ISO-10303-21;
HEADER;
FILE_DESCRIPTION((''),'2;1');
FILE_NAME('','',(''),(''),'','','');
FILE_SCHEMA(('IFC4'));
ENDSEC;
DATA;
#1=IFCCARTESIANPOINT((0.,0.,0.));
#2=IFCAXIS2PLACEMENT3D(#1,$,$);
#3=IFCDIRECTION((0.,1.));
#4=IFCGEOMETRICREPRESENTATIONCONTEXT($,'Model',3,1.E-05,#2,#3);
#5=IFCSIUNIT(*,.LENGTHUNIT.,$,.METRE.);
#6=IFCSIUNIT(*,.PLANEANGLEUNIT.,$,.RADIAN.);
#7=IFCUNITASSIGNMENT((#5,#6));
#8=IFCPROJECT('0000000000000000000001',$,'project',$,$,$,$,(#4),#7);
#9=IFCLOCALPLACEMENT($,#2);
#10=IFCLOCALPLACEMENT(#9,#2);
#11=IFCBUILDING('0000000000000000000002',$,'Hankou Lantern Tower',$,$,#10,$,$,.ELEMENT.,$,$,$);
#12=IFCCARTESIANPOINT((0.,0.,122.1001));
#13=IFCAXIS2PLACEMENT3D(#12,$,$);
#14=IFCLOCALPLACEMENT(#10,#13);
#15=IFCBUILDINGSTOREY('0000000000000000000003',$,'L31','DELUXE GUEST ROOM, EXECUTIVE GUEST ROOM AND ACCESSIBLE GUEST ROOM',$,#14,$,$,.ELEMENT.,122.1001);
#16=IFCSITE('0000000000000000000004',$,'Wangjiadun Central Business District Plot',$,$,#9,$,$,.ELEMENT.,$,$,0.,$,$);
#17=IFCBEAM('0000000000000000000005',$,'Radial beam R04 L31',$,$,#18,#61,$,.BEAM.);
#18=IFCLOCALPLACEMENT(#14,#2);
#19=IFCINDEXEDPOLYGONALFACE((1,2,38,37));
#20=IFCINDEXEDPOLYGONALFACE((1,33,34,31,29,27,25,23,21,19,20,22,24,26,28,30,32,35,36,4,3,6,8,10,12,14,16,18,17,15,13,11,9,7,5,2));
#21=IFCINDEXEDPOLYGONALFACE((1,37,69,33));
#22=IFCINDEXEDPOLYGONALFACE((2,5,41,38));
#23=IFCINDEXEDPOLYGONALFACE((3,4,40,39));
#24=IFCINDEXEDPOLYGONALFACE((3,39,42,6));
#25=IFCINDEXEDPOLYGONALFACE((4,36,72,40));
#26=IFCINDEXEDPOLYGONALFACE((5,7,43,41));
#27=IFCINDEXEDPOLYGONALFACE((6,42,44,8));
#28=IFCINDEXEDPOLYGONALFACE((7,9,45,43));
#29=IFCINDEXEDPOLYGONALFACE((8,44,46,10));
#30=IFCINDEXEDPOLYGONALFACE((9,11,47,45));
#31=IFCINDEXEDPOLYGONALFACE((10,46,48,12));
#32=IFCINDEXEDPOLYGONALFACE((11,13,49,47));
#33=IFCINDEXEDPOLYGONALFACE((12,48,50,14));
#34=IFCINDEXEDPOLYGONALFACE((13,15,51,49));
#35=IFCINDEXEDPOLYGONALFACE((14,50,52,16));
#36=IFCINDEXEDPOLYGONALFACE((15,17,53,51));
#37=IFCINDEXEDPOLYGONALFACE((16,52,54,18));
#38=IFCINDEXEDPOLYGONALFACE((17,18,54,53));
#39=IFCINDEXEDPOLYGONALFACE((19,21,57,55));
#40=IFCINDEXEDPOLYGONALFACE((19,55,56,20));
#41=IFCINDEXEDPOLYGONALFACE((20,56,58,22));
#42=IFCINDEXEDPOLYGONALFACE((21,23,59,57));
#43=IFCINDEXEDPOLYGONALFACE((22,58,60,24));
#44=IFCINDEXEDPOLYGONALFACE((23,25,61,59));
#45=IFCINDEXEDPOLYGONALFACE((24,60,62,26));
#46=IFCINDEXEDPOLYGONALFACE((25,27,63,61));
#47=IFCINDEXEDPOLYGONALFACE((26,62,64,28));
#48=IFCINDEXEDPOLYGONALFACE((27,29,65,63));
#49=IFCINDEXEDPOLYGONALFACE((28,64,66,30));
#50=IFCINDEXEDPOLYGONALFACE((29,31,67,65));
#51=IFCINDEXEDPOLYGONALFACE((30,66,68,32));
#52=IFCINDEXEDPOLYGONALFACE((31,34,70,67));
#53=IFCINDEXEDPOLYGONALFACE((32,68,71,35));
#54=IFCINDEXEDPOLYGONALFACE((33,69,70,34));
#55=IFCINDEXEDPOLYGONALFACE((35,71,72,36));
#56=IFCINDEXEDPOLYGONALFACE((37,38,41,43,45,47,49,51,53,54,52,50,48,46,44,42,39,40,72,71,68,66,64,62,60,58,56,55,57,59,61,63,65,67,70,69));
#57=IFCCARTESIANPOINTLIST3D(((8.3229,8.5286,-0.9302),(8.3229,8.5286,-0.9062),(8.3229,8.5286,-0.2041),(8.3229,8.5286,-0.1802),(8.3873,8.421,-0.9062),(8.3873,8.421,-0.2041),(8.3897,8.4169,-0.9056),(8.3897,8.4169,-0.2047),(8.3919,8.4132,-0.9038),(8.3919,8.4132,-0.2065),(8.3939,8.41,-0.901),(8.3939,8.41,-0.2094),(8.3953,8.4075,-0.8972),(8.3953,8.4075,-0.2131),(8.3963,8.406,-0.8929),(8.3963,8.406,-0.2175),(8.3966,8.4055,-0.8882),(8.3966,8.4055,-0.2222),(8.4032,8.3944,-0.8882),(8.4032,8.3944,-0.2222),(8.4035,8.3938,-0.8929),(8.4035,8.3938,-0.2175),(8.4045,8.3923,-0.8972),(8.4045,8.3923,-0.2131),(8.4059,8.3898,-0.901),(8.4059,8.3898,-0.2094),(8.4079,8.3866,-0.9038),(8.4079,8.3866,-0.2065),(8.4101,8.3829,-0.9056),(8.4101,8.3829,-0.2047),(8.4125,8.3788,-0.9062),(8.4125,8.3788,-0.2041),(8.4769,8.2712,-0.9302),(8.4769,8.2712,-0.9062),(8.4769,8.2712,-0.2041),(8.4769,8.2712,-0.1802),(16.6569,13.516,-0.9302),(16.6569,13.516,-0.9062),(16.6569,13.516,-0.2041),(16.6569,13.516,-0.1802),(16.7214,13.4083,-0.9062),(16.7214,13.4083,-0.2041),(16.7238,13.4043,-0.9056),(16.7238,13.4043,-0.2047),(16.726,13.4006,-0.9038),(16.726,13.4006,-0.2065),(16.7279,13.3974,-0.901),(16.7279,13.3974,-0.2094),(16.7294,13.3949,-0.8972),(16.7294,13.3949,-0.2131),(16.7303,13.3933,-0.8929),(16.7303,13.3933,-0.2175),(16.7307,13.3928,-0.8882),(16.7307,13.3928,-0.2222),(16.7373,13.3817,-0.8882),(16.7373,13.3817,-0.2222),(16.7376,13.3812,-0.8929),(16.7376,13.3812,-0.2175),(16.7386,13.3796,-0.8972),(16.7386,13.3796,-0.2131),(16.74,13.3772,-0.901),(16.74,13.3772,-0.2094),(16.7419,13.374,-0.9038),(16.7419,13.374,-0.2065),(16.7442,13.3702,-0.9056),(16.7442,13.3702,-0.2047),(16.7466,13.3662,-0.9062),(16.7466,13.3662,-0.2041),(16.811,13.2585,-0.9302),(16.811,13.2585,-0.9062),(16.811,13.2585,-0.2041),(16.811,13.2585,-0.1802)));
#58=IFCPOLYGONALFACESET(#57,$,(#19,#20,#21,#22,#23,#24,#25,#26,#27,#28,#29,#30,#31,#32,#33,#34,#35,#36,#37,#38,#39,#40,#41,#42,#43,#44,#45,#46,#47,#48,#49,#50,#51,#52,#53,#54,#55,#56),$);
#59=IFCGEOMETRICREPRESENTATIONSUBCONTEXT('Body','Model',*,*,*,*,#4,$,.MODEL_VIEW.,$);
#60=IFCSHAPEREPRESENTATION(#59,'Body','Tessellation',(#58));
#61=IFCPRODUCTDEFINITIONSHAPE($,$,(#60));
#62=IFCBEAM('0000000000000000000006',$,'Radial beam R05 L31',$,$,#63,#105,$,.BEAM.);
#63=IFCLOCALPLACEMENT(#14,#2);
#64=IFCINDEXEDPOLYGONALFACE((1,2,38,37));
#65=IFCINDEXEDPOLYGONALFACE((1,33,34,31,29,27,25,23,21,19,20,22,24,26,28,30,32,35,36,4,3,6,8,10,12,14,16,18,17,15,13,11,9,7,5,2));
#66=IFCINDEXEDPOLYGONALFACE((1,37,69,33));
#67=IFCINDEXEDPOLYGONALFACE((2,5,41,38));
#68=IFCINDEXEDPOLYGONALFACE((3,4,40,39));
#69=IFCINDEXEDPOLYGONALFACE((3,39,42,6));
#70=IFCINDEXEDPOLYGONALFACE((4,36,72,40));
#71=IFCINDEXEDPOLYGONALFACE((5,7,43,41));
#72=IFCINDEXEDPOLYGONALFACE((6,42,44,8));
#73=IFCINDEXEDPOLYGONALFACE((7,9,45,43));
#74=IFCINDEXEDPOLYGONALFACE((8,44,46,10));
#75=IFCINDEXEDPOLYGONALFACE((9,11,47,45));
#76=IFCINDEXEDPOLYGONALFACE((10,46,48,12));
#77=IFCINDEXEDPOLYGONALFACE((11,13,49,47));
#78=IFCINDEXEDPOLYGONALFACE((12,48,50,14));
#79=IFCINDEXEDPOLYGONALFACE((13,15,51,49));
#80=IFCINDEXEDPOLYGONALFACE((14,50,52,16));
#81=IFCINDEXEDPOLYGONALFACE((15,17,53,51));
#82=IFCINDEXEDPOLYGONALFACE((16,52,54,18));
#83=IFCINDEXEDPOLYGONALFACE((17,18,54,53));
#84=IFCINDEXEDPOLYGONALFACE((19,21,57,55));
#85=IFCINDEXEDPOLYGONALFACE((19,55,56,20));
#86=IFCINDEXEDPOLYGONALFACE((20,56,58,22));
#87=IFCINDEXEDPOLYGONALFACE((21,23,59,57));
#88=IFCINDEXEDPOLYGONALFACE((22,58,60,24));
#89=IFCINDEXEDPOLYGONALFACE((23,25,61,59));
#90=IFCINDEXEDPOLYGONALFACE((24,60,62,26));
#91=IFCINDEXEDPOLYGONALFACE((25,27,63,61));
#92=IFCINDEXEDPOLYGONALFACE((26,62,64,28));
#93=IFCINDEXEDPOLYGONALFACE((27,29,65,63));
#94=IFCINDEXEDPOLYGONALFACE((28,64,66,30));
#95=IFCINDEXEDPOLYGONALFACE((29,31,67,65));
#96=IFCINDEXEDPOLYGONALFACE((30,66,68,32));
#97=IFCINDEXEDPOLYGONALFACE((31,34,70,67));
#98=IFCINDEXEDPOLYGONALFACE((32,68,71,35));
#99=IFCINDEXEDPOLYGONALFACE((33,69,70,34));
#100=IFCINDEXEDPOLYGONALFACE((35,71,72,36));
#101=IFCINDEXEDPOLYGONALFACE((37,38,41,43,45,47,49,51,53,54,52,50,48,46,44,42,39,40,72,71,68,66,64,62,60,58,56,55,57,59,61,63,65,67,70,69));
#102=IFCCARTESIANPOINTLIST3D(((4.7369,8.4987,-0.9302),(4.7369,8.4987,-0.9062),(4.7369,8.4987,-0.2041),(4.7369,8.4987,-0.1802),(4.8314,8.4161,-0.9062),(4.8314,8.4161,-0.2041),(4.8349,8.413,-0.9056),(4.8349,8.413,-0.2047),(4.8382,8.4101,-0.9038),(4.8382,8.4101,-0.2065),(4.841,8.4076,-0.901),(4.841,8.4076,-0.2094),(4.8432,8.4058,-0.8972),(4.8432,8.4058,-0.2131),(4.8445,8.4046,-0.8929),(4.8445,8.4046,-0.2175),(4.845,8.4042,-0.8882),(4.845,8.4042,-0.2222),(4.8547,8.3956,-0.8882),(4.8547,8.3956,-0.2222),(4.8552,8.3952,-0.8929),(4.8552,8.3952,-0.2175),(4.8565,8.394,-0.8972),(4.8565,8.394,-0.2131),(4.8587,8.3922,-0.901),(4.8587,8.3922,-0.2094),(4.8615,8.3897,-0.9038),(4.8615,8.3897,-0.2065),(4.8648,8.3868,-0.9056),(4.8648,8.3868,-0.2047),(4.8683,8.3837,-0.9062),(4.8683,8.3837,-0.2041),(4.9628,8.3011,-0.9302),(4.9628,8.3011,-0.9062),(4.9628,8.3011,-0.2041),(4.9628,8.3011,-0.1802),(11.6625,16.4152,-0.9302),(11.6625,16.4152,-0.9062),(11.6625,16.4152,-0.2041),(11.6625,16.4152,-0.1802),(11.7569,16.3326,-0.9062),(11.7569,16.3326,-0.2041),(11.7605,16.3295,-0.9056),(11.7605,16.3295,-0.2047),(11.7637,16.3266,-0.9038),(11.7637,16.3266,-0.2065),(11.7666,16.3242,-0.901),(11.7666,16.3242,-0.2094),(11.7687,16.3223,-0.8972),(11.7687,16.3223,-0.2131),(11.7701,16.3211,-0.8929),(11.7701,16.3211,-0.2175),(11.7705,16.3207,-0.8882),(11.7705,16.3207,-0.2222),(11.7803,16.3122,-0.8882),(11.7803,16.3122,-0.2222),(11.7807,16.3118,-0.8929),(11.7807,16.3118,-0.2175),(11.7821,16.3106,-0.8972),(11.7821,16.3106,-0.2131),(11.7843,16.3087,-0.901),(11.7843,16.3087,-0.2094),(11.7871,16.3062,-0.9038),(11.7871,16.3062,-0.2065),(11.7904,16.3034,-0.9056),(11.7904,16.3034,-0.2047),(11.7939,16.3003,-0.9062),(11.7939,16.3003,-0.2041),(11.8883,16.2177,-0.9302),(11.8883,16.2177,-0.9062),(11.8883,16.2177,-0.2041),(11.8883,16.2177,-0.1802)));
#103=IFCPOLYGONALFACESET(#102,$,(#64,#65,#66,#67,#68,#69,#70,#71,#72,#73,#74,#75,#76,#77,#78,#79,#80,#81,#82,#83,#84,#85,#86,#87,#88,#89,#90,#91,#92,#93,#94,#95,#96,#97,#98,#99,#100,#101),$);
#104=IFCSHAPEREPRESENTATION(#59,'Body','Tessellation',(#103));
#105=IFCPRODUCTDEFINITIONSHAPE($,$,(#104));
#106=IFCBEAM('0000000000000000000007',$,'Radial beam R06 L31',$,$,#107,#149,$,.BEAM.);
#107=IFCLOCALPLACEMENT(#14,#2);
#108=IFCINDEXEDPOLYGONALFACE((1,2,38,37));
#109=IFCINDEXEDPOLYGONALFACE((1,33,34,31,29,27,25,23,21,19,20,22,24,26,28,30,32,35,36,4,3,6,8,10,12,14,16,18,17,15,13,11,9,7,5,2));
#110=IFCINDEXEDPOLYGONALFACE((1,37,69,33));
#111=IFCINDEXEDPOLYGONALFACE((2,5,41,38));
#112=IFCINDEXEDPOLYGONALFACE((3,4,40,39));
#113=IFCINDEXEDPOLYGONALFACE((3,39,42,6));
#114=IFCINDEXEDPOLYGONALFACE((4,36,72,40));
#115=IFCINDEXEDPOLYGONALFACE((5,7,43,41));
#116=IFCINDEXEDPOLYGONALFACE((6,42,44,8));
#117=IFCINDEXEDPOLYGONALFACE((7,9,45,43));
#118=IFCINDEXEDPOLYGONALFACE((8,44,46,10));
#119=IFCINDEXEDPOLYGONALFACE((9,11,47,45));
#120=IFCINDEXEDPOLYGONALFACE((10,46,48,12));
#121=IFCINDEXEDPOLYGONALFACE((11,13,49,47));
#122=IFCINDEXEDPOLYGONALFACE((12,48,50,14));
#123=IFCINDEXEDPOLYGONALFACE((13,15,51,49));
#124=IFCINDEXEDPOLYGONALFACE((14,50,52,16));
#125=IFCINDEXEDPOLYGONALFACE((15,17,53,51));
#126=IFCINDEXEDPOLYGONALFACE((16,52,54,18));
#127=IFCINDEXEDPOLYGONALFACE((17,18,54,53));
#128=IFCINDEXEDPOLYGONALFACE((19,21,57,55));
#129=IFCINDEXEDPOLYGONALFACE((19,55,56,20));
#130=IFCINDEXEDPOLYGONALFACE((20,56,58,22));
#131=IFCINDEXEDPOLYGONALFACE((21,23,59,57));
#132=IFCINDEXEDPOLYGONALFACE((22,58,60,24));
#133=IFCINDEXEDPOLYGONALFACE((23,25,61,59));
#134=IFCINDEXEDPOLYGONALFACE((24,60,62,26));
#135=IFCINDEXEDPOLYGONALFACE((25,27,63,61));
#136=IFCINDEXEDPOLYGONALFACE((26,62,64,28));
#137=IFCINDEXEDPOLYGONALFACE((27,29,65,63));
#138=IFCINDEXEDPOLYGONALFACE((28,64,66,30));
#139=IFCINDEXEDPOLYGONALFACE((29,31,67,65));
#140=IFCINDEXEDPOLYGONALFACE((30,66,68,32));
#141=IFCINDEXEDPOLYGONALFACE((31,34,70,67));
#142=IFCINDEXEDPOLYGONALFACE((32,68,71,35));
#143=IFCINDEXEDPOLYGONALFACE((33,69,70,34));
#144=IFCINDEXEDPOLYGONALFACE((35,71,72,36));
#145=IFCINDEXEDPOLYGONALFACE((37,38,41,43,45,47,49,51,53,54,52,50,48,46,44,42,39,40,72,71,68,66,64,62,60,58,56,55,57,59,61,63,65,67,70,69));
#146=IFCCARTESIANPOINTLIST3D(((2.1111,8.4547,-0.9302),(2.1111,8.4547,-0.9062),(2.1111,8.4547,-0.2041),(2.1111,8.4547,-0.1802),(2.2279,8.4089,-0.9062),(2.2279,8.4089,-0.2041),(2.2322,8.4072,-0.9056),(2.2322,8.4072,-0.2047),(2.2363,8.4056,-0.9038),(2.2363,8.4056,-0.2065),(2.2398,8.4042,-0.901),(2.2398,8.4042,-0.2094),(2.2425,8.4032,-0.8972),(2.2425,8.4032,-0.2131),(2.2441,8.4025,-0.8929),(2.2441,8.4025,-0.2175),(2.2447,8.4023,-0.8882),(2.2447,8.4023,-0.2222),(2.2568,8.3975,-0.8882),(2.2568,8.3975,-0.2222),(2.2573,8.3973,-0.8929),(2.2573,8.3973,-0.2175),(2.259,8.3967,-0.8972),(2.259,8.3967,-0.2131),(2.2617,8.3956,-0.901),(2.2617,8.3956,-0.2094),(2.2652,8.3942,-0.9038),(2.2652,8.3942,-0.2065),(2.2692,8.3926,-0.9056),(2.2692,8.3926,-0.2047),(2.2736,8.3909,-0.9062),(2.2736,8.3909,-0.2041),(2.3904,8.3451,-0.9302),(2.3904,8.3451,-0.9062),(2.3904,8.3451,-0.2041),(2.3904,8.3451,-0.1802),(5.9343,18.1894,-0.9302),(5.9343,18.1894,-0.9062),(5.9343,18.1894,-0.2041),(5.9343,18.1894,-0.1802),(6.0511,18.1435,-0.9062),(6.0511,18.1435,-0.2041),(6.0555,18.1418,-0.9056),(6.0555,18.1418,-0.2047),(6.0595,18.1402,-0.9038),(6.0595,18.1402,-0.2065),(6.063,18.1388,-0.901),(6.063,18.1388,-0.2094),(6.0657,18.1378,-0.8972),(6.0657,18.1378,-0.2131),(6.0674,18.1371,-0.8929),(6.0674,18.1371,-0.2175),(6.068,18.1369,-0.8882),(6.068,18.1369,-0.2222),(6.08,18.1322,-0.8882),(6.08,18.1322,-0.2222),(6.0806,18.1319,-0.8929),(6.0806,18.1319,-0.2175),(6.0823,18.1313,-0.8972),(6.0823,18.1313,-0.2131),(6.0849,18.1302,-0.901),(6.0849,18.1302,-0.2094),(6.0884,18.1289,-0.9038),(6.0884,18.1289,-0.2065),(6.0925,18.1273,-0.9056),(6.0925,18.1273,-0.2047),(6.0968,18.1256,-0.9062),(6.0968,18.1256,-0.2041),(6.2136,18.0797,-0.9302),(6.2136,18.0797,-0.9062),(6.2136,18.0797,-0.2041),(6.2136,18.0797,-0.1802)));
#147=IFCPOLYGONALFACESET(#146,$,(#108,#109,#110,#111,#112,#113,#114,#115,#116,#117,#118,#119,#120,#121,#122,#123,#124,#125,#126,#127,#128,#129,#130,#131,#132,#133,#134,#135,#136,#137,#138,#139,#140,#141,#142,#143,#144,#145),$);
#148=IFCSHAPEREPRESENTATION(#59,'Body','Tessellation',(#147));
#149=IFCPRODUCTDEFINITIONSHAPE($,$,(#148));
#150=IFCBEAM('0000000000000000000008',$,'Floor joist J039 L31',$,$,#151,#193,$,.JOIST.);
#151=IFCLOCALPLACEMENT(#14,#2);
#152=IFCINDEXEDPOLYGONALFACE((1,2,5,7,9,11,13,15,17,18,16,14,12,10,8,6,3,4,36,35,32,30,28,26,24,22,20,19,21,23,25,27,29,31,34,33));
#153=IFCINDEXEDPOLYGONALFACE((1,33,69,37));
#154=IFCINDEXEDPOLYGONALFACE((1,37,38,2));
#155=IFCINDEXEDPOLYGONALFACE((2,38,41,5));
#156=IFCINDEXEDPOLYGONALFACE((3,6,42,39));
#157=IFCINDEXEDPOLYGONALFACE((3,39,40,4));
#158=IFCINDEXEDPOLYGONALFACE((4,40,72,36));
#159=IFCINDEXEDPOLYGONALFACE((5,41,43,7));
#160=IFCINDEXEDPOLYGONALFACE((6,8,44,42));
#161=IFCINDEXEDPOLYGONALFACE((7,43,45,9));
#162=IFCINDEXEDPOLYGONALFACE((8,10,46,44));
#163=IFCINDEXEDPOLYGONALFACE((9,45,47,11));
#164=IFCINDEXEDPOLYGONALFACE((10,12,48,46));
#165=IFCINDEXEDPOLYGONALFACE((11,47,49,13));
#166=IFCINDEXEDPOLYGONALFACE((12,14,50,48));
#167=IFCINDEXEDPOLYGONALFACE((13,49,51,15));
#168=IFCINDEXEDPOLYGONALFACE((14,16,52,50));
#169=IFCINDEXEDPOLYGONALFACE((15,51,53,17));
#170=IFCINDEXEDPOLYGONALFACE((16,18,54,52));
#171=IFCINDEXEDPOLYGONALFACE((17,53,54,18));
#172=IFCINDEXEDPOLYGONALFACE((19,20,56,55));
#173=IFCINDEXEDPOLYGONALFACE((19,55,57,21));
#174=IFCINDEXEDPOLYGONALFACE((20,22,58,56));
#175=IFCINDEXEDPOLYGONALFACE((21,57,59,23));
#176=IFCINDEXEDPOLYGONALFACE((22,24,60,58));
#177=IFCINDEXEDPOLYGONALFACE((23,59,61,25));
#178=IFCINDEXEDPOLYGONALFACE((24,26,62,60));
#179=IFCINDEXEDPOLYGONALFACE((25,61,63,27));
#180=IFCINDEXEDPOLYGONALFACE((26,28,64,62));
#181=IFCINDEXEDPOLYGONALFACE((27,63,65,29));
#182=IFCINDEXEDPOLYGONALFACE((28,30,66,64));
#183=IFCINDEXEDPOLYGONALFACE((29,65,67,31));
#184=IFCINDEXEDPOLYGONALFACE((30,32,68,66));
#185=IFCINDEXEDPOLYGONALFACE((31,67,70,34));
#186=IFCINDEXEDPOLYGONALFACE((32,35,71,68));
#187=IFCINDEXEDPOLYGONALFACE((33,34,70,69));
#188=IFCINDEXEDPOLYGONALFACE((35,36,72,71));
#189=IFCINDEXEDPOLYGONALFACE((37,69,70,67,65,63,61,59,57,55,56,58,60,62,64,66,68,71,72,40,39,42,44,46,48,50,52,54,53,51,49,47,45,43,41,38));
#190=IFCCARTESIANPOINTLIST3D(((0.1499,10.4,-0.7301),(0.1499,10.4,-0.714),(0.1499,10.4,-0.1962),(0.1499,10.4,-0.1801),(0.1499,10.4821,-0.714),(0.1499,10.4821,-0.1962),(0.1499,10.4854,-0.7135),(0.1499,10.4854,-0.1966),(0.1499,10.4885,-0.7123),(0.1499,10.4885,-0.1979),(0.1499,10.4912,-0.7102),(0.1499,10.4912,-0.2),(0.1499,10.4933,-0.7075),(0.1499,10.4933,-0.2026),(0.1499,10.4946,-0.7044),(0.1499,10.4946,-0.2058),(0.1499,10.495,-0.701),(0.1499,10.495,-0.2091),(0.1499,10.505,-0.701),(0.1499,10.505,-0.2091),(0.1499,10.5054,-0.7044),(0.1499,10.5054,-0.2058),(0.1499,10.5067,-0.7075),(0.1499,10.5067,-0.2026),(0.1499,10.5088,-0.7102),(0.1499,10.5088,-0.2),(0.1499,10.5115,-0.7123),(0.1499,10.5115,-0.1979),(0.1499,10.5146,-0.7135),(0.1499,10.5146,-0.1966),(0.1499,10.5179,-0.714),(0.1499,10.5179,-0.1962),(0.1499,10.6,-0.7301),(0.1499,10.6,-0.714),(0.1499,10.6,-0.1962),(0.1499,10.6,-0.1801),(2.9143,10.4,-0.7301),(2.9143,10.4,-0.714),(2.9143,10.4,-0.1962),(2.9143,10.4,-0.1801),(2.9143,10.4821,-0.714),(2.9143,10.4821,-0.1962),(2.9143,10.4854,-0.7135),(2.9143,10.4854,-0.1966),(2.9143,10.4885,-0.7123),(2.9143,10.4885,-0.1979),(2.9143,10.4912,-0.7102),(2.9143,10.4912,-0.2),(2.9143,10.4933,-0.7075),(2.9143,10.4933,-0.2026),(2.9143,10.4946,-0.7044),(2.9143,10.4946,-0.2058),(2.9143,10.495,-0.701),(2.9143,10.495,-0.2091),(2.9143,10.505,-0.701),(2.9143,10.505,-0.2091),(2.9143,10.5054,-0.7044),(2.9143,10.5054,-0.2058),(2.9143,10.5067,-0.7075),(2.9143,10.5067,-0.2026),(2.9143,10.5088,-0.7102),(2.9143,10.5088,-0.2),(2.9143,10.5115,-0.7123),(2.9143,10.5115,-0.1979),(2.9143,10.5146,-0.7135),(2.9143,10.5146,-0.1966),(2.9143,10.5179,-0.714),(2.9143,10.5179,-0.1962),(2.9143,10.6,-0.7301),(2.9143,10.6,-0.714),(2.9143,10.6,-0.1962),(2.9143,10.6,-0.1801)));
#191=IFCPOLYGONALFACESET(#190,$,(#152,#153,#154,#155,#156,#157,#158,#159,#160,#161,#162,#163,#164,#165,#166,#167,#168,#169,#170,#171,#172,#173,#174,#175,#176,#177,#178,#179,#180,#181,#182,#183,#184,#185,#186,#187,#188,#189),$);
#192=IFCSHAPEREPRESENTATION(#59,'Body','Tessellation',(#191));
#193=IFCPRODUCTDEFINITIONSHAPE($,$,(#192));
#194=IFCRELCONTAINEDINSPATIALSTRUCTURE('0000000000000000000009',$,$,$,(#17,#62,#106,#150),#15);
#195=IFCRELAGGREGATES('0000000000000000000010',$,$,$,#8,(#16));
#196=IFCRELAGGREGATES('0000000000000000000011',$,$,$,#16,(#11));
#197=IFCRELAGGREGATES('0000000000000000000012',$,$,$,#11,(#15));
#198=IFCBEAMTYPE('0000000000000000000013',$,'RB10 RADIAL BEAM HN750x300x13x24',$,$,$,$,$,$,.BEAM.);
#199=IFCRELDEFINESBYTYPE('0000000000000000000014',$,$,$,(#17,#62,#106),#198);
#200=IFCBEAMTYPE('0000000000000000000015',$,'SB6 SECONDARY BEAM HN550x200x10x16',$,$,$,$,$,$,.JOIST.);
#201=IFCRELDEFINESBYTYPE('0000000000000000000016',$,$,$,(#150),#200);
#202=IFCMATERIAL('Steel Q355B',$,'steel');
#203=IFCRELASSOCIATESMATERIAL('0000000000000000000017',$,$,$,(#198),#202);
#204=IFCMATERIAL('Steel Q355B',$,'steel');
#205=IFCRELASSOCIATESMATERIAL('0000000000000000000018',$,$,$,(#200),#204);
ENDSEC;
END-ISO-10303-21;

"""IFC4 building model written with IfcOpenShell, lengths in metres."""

from ifc_helpers import new_model, si_unit, direction, frame, origin, origin_2d, place, context, subcontext, project, spatial, i_section, extrude, material, material_profile, profile_set, type_object, element, save


model = new_model("IFC4")

# Units and contexts
model_context = context("Model", 3, precision=1e-05, world=origin(), true_north=direction((0.0, 1.0)))
body_context = subcontext(model_context, "Body", "Model", "MODEL_VIEW")
ifc_project = project(units=[si_unit("LENGTHUNIT", "METRE"), si_unit("PLANEANGLEUNIT", "RADIAN")], contexts=[model_context])

# Site, building, storey
site_placement = place(None, origin())
site = spatial("IfcSite", under=ifc_project, at=site_placement, Name="Wangjiadun Central Business District Plot", CompositionType="ELEMENT", RefElevation=0.0)
building_placement = place(site_placement, origin())
building = spatial("IfcBuilding", under=site, at=building_placement, Name="Hankou Lantern Tower", CompositionType="ELEMENT")
storey_placement = place(building_placement, frame((0.0, 0.0, 122.1001)))
storey = spatial("IfcBuildingStorey", under=building, at=storey_placement, Name="L31", Description="DELUXE GUEST ROOM, EXECUTIVE GUEST ROOM AND ACCESSIBLE GUEST ROOM", CompositionType="ELEMENT", Elevation=122.1001)

# Beams
ifc_material_1 = material(Name="Steel Q355B", Category="steel")
ifc_material_profile_1 = material_profile(ifc_material_1, i_section(OverallWidth=0.3, OverallDepth=0.75, WebThickness=0.0129, FlangeThickness=0.0239, FilletRadius=0.0181, at=origin_2d()), Name="HN750x300x13x24")
ifc_profile_set_1 = profile_set([ifc_material_profile_1], Name="Steel Q355B")
beam_type_1 = type_object("IfcBeamType", Name="RB10 RADIAL BEAM HN750x300x13x24", PredefinedType="BEAM", material=ifc_profile_set_1)
beam_1_placement = place(storey_placement, frame((8.3999, 8.3999, -0.5552), z_axis=(0.858087, 0.513505, 0.0), x_axis=(-0.513505, 0.858087, 0.0)))
element("IfcBeam", 1, at=beam_1_placement, inside=storey, type_object=beam_type_1, Name="Radial beam R04 L31", PredefinedType="BEAM", context=body_context, shape_type="SweptSolid", body=[
    extrude(i_section(OverallWidth=0.3, OverallDepth=0.75, WebThickness=0.0129, FlangeThickness=0.0239, FilletRadius=0.0181, at=origin_2d()), origin(), (0.0, 0.0, 1.0), 9.7124),
])
beam_2_placement = place(storey_placement, frame((4.8499, 8.3999, -0.5552), z_axis=(0.658429, 0.752643, 0.0), x_axis=(-0.752643, 0.658429, 0.0)))
element("IfcBeam", 2, at=beam_2_placement, inside=storey, type_object=beam_type_1, Name="Radial beam R05 L31", PredefinedType="BEAM", context=body_context, shape_type="SweptSolid", body=[
    extrude(i_section(OverallWidth=0.3, OverallDepth=0.75, WebThickness=0.0129, FlangeThickness=0.0239, FilletRadius=0.0181, at=origin_2d()), origin(), (0.0, 0.0, 1.0), 10.5183),
])
beam_3_placement = place(storey_placement, frame((2.2507, 8.3999, -0.5552), z_axis=(0.365564, 0.930786, 0.0), x_axis=(-0.930786, 0.365564, 0.0)))
element("IfcBeam", 3, at=beam_3_placement, inside=storey, type_object=beam_type_1, Name="Radial beam R06 L31", PredefinedType="BEAM", context=body_context, shape_type="SweptSolid", body=[
    extrude(i_section(OverallWidth=0.3, OverallDepth=0.75, WebThickness=0.0129, FlangeThickness=0.0239, FilletRadius=0.0181, at=origin_2d()), origin(), (0.0, 0.0, 1.0), 10.4585),
])
ifc_material_2 = material(Name="Steel Q355B", Category="steel")
ifc_material_profile_2 = material_profile(ifc_material_2, i_section(OverallWidth=0.2, OverallDepth=0.55, WebThickness=0.01, FlangeThickness=0.0161, FilletRadius=0.0129, at=origin_2d()), Name="HN550x200x10x16")
ifc_profile_set_2 = profile_set([ifc_material_profile_2], Name="Steel Q355B")
beam_type_2 = type_object("IfcBeamType", Name="SB6 SECONDARY BEAM HN550x200x10x16", PredefinedType="JOIST", material=ifc_profile_set_2)
beam_4_placement = place(storey_placement, frame((0.1499, 10.5, -0.4551), z_axis=(1.0, 0.0, 0.0), x_axis=(0.0, 1.0, 0.0)))
element("IfcBeam", 4, at=beam_4_placement, inside=storey, type_object=beam_type_2, Name="Floor joist J039 L31", PredefinedType="JOIST", context=body_context, shape_type="SweptSolid", body=[
    extrude(i_section(OverallWidth=0.2, OverallDepth=0.55, WebThickness=0.01, FlangeThickness=0.0161, FilletRadius=0.0129, at=origin_2d()), origin(), (0.0, 0.0, 1.0), 2.7644),
])

save(model, "model.ifc")
